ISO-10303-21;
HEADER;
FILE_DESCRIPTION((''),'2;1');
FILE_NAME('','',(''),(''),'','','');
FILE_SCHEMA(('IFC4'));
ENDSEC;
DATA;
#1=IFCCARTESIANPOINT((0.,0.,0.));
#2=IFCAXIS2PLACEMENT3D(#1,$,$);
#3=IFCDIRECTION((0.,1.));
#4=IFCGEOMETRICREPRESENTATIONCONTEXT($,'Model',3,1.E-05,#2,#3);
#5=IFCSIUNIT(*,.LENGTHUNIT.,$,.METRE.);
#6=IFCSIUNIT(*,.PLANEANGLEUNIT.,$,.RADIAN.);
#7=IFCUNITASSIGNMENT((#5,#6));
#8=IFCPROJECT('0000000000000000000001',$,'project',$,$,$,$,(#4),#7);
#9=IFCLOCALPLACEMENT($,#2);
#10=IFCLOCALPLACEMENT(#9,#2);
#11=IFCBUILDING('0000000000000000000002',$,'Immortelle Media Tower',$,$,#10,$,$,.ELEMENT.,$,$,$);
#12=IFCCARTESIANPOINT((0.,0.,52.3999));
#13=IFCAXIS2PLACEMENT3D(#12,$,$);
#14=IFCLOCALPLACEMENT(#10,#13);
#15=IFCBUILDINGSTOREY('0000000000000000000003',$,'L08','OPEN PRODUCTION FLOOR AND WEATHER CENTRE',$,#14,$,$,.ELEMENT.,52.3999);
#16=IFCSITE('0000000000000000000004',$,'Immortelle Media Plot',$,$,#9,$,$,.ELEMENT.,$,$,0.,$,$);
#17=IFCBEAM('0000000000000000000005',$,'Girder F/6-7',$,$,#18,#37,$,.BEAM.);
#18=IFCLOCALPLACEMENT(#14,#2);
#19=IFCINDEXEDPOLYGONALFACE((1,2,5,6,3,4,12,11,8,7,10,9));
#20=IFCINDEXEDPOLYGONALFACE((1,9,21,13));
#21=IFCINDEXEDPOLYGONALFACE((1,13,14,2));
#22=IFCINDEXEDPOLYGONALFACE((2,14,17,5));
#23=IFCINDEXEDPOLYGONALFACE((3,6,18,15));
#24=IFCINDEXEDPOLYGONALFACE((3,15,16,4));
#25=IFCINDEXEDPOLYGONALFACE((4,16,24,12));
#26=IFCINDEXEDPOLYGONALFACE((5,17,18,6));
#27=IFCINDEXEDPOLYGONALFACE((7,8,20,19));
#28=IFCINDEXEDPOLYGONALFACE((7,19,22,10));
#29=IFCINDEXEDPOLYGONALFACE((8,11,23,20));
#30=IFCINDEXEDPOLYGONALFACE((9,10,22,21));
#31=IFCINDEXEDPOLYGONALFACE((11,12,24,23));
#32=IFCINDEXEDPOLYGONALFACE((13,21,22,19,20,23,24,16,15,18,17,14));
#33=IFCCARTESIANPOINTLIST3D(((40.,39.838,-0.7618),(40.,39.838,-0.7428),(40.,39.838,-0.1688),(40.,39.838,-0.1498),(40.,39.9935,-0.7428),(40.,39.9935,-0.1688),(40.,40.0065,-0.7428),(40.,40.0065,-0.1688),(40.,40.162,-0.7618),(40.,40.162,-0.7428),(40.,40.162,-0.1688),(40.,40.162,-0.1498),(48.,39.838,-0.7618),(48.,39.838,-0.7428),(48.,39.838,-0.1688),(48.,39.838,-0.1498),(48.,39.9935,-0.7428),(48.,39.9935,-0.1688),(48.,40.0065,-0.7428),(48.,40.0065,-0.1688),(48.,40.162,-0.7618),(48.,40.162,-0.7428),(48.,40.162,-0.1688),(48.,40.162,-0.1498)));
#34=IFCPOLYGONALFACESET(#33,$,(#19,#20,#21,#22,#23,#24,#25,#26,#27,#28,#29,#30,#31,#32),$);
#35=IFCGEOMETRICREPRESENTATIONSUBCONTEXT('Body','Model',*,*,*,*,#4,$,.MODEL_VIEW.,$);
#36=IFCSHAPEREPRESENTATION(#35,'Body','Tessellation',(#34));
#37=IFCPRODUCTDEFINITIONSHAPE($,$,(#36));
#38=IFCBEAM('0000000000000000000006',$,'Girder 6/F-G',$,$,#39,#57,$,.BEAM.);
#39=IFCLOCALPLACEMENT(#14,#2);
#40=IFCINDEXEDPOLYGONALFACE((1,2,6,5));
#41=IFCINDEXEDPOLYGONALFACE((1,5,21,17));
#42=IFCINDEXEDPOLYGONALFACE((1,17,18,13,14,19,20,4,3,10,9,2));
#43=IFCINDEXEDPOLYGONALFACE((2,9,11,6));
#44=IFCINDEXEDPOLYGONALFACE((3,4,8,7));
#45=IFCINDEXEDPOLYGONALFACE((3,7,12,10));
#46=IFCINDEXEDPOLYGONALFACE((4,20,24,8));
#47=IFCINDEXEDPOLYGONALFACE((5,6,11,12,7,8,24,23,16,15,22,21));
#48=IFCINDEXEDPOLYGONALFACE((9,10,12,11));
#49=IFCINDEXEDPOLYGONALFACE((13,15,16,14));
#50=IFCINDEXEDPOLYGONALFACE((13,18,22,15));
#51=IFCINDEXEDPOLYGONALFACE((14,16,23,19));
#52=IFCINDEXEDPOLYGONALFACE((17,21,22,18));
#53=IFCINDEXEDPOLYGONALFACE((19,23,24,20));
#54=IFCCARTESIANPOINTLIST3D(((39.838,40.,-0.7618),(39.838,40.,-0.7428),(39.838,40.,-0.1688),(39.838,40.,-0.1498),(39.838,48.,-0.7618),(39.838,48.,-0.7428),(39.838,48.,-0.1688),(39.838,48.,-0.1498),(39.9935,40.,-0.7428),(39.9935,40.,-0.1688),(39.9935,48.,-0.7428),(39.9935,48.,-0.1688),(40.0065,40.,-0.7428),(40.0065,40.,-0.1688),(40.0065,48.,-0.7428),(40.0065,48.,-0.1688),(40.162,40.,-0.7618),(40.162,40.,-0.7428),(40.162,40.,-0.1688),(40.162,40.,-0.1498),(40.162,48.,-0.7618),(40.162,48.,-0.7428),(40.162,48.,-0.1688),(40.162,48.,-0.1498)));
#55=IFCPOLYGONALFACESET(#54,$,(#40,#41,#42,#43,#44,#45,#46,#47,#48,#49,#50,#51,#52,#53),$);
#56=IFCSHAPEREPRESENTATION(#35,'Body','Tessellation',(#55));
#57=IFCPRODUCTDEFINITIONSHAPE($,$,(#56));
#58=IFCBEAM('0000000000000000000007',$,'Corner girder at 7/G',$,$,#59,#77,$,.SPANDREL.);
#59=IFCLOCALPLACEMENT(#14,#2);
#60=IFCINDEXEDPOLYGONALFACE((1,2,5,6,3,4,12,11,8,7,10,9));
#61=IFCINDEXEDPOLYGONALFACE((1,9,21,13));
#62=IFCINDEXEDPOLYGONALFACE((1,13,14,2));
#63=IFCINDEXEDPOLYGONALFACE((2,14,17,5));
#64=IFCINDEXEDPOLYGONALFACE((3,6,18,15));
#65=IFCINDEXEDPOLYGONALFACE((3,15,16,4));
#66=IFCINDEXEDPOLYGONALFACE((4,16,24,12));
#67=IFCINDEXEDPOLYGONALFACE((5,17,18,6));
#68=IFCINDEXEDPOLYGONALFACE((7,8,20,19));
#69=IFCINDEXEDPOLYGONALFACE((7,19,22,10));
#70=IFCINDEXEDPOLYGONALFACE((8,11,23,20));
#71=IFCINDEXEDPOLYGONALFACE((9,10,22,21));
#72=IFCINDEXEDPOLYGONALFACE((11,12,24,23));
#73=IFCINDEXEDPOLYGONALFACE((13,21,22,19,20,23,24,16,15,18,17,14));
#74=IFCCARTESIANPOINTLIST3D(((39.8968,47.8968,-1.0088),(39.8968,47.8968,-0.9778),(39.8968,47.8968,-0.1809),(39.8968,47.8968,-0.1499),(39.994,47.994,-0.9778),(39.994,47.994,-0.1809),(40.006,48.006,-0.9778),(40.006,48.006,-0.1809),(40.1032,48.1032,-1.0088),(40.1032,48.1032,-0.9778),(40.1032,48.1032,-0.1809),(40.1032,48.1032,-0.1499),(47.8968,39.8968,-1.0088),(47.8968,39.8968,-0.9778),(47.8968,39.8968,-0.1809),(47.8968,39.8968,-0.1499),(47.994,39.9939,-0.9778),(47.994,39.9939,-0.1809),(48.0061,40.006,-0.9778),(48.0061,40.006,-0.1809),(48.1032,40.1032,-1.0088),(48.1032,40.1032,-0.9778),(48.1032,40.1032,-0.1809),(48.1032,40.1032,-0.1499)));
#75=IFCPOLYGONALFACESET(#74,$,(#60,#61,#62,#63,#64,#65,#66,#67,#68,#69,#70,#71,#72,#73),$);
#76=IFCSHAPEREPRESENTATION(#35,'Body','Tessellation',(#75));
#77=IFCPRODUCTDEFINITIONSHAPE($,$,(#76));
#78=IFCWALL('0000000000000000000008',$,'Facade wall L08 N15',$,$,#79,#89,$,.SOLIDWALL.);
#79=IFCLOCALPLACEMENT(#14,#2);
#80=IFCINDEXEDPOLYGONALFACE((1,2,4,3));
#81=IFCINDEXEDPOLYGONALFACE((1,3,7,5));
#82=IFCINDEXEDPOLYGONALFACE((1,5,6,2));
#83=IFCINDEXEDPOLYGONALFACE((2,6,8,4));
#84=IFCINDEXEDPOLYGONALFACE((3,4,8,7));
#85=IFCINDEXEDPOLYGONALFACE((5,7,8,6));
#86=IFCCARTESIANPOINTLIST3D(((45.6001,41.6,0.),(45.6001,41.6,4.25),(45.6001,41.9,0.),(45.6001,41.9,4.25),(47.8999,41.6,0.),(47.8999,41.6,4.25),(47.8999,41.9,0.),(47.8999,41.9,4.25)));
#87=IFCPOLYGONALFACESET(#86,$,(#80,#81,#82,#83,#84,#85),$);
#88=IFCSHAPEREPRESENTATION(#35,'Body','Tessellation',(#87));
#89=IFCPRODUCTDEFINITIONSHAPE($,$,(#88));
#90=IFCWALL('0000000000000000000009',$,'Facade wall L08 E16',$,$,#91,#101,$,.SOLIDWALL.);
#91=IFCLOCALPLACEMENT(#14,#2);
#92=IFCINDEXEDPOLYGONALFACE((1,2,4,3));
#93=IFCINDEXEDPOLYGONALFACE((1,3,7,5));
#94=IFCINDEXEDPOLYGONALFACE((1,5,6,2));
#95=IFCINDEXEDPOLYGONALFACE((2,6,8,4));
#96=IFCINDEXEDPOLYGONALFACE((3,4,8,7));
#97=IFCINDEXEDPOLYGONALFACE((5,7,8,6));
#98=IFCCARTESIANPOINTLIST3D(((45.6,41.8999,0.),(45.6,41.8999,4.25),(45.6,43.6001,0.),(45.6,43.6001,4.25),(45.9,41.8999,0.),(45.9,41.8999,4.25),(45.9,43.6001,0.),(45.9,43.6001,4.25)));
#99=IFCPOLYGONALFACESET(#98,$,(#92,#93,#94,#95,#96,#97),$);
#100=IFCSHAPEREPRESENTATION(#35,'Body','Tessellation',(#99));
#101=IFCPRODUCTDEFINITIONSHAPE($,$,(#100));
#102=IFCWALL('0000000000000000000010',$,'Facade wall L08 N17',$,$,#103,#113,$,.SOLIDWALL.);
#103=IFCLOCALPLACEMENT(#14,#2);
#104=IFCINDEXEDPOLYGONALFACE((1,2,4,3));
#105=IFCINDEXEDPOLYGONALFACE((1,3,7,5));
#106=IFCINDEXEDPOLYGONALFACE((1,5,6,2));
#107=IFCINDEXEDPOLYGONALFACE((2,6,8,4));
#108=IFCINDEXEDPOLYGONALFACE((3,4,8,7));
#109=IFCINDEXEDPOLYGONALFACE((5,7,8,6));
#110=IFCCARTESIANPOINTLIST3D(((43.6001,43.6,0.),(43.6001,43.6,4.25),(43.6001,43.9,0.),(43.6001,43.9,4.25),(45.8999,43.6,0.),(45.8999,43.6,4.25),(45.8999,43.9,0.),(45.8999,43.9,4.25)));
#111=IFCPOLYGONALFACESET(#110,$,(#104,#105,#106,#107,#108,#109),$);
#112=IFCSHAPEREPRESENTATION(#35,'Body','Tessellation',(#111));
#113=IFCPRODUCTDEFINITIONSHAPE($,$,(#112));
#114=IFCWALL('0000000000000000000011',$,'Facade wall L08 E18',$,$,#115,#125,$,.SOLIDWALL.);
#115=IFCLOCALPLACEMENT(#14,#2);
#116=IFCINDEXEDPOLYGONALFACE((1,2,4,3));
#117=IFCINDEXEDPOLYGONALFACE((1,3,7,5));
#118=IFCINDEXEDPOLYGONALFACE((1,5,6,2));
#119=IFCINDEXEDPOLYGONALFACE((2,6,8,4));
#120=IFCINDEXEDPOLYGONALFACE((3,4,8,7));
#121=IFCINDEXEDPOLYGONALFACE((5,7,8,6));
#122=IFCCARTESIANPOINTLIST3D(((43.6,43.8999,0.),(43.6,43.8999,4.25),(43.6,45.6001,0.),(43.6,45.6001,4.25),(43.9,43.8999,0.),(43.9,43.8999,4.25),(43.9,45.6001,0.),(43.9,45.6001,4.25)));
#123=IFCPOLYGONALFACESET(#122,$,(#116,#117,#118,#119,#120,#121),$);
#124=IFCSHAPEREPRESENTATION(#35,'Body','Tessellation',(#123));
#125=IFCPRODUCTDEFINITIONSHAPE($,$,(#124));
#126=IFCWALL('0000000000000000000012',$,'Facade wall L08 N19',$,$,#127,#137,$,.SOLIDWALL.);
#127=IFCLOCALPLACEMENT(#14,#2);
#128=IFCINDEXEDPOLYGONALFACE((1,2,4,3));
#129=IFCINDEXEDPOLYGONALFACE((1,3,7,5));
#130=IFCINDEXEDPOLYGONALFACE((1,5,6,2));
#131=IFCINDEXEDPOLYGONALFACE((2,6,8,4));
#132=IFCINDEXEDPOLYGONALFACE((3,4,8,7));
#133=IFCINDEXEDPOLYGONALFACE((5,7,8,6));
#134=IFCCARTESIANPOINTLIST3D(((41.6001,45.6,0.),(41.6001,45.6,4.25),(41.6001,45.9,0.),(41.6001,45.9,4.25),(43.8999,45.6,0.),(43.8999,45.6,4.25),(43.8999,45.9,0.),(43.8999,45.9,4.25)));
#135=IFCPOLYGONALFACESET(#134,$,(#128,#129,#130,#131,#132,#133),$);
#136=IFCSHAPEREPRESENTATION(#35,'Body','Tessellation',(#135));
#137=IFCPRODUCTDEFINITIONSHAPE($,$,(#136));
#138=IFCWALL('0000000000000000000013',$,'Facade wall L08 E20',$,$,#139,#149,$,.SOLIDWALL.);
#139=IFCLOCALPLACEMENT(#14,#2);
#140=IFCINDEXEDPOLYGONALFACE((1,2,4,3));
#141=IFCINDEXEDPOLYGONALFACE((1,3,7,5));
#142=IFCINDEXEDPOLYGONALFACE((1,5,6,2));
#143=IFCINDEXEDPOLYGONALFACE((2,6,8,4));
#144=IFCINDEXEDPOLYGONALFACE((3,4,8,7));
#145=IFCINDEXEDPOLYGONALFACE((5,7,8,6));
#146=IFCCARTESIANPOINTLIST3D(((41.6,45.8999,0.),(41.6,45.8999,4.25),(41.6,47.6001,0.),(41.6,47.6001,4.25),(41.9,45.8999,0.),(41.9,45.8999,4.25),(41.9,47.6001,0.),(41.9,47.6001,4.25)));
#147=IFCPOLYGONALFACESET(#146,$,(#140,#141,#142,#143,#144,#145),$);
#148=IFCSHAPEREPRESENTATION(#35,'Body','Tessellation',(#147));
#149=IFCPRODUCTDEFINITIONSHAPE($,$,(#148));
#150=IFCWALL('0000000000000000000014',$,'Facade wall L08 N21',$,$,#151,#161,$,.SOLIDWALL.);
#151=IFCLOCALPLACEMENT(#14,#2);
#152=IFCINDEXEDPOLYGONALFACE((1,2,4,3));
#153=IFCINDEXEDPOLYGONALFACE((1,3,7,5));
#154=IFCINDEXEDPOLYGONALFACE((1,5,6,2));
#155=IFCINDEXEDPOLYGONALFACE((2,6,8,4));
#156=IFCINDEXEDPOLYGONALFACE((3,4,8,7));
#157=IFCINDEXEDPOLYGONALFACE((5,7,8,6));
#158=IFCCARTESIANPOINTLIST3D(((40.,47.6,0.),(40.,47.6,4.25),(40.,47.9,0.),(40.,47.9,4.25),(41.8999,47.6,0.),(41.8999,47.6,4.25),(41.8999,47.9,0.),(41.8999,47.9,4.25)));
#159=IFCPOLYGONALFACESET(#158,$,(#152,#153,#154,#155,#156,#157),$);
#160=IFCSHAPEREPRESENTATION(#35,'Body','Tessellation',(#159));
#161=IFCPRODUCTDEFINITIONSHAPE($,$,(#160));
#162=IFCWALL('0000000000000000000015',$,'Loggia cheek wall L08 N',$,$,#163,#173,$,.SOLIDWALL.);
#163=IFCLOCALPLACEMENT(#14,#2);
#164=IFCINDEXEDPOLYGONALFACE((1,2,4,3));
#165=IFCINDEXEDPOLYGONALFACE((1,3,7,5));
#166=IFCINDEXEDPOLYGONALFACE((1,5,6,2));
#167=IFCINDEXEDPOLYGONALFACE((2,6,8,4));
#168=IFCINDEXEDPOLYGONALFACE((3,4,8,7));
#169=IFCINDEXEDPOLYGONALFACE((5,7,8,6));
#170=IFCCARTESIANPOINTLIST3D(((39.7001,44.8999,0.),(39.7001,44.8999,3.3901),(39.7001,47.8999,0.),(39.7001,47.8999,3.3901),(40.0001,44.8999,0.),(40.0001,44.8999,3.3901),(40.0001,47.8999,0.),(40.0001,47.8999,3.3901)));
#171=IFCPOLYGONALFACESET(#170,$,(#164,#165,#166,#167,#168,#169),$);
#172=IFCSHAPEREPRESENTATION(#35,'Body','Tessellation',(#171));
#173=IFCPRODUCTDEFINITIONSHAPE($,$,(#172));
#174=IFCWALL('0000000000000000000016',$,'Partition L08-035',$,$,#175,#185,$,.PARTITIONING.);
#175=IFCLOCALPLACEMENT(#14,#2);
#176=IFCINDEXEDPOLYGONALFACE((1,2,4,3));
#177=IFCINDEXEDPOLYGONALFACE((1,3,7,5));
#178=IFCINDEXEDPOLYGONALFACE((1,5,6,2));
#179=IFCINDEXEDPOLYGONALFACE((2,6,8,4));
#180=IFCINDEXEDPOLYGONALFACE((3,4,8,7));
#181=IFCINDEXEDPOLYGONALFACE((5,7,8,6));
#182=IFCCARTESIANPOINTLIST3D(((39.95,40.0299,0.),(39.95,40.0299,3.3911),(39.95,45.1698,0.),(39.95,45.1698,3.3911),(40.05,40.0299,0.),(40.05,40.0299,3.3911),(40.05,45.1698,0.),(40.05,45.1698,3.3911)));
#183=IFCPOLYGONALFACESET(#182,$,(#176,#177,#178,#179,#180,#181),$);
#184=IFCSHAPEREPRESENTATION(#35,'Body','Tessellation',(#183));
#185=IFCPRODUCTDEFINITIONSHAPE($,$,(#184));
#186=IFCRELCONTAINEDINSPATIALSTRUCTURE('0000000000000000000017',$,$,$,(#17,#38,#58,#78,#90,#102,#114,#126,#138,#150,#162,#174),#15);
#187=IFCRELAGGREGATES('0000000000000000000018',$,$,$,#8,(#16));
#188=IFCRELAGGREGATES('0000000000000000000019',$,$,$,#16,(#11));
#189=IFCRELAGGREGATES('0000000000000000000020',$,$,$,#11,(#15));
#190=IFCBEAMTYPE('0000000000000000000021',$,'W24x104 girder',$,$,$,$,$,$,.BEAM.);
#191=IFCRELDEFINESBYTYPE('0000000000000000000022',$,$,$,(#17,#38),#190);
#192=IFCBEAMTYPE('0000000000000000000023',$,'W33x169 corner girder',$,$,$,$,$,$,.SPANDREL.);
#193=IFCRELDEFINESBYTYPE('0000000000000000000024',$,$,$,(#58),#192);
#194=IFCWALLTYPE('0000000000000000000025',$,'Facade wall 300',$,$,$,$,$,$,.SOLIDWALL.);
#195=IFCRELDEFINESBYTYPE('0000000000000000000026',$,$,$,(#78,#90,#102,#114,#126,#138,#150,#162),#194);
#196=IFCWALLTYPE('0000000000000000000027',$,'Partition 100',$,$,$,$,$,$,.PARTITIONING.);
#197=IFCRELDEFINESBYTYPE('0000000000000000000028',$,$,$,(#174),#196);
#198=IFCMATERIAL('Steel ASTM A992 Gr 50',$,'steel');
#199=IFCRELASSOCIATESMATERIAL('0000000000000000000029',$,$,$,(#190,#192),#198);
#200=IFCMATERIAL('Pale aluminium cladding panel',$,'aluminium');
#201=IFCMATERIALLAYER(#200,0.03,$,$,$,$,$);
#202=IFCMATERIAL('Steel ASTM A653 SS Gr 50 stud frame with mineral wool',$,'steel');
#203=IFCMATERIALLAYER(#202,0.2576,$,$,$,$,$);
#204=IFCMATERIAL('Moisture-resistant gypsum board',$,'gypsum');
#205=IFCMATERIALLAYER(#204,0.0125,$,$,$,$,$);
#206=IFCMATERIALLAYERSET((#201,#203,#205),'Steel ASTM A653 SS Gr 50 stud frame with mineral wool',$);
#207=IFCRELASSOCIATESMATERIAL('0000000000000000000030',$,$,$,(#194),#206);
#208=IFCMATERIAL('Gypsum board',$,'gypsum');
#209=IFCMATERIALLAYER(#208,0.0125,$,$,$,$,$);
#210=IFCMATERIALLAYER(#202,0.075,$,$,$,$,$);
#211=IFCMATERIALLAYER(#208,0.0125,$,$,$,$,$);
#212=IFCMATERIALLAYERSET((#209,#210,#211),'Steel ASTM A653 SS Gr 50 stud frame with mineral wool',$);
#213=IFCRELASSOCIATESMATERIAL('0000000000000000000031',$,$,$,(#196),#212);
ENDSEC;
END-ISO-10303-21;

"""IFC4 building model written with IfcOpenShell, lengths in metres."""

from ifc_helpers import new_model, si_unit, direction, frame, frame_2d, origin, origin_2d, place, context, subcontext, project, spatial, rectangle, i_section, extrude, material, layer, layer_set, material_profile, profile_set, type_object, element, save


model = new_model("IFC4")

# Units and contexts
model_context = context("Model", 3, precision=1e-05, world=origin(), true_north=direction((0.0, 1.0)))
body_context = subcontext(model_context, "Body", "Model", "MODEL_VIEW")
ifc_project = project(units=[si_unit("LENGTHUNIT", "METRE"), si_unit("PLANEANGLEUNIT", "RADIAN")], contexts=[model_context])

# Site, building, storey
site_placement = place(None, origin())
site = spatial("IfcSite", under=ifc_project, at=site_placement, Name="Immortelle Media Plot", CompositionType="ELEMENT", RefElevation=0.0)
building_placement = place(site_placement, origin())
building = spatial("IfcBuilding", under=site, at=building_placement, Name="Immortelle Media Tower", CompositionType="ELEMENT")
storey_placement = place(building_placement, frame((0.0, 0.0, 52.3999)))
storey = spatial("IfcBuildingStorey", under=building, at=storey_placement, Name="L08", Description="OPEN PRODUCTION FLOOR AND WEATHER CENTRE", CompositionType="ELEMENT", Elevation=52.3999)

# Shared definitions
ifc_material_1 = material(Name="Steel ASTM A992 Gr 50", Category="steel")

# Beams
ifc_material_profile_1 = material_profile(ifc_material_1, i_section(OverallWidth=0.324, OverallDepth=0.6121, WebThickness=0.0129, FlangeThickness=0.019, at=origin_2d()), Name="W24x104")
ifc_profile_set_1 = profile_set([ifc_material_profile_1], Name="Steel ASTM A992 Gr 50")
beam_type_1 = type_object("IfcBeamType", Name="W24x104 girder", PredefinedType="BEAM", material=ifc_profile_set_1)
for number, where, z_axis, x_axis, name in (
    (1, (40.0, 40.0, -0.4558), (1.0, 0.0, 0.0), (0.0, 1.0, 0.0), "Girder F/6-7"),
    (2, (40.0, 40.0, -0.4558), (0.0, 1.0, 0.0), (-1.0, 0.0, 0.0), "Girder 6/F-G"),
):
    element("IfcBeam", number, at=place(storey_placement, frame(where, z_axis=z_axis, x_axis=x_axis)), inside=storey, type_object=beam_type_1, Name=name, PredefinedType="BEAM", context=body_context, shape_type="SweptSolid", body=[
        extrude(i_section(OverallWidth=0.324, OverallDepth=0.6121, WebThickness=0.0129, FlangeThickness=0.019, at=origin_2d()), origin(), (0.0, 0.0, 1.0), 8.0),
    ])
ifc_material_profile_2 = material_profile(ifc_material_1, i_section(OverallWidth=0.292, OverallDepth=0.8589, WebThickness=0.0171, FlangeThickness=0.031, at=origin_2d()), Name="W33x169")
ifc_profile_set_2 = profile_set([ifc_material_profile_2], Name="Steel ASTM A992 Gr 50")
beam_type_2 = type_object("IfcBeamType", Name="W33x169 corner girder", PredefinedType="SPANDREL", material=ifc_profile_set_2)
beam_1_placement = place(storey_placement, frame((40.0, 48.0, -0.5793), z_axis=(0.707107, -0.707107, 0.0), x_axis=(0.707107, 0.707107, 0.0)))
element("IfcBeam", 3, at=beam_1_placement, inside=storey, type_object=beam_type_2, Name="Corner girder at 7/G", PredefinedType="SPANDREL", context=body_context, shape_type="SweptSolid", body=[
    extrude(i_section(OverallWidth=0.292, OverallDepth=0.8589, WebThickness=0.0171, FlangeThickness=0.031, at=origin_2d()), origin(), (0.0, 0.0, 1.0), 11.3137),
])

# Walls
ifc_material_2 = material(Name="Pale aluminium cladding panel", Category="aluminium")
ifc_layer_1 = layer(ifc_material_2, 0.03)
ifc_material_3 = material(Name="Steel ASTM A653 SS Gr 50 stud frame with mineral wool", Category="steel")
ifc_layer_2 = layer(ifc_material_3, 0.2576)
ifc_material_4 = material(Name="Moisture-resistant gypsum board", Category="gypsum")
ifc_layer_3 = layer(ifc_material_4, 0.0125)
ifc_layer_set_1 = layer_set([ifc_layer_1, ifc_layer_2, ifc_layer_3], Name="Steel ASTM A653 SS Gr 50 stud frame with mineral wool")
wall_type_1 = type_object("IfcWallType", Name="Facade wall 300", PredefinedType="SOLIDWALL", material=ifc_layer_set_1)
wall_1_placement = place(storey_placement, frame((47.8999, 41.75, 0.0), z_axis=(0.0, 0.0, 1.0), x_axis=(-1.0, 0.0, 0.0)))
element("IfcWall", 4, at=wall_1_placement, inside=storey, type_object=wall_type_1, Name="Facade wall L08 N15", PredefinedType="SOLIDWALL", context=body_context, shape_type="SweptSolid", body=[
    extrude(rectangle(XDim=2.2998, YDim=0.3, at=frame_2d((1.1499, 0.0))), origin(), (0.0, 0.0, 1.0), 4.25),
])
wall_2_placement = place(storey_placement, frame((45.75, 41.8999, 0.0), z_axis=(0.0, 0.0, 1.0), x_axis=(0.0, 1.0, 0.0)))
element("IfcWall", 5, at=wall_2_placement, inside=storey, type_object=wall_type_1, Name="Facade wall L08 E16", PredefinedType="SOLIDWALL", context=body_context, shape_type="SweptSolid", body=[
    extrude(rectangle(XDim=1.7002, YDim=0.3, at=frame_2d((0.8501, 0.0))), origin(), (0.0, 0.0, 1.0), 4.25),
])
wall_3_placement = place(storey_placement, frame((45.8999, 43.75, 0.0), z_axis=(0.0, 0.0, 1.0), x_axis=(-1.0, 0.0, 0.0)))
element("IfcWall", 6, at=wall_3_placement, inside=storey, type_object=wall_type_1, Name="Facade wall L08 N17", PredefinedType="SOLIDWALL", context=body_context, shape_type="SweptSolid", body=[
    extrude(rectangle(XDim=2.2998, YDim=0.3, at=frame_2d((1.1499, 0.0))), origin(), (0.0, 0.0, 1.0), 4.25),
])
wall_4_placement = place(storey_placement, frame((43.75, 43.8999, 0.0), z_axis=(0.0, 0.0, 1.0), x_axis=(0.0, 1.0, 0.0)))
element("IfcWall", 7, at=wall_4_placement, inside=storey, type_object=wall_type_1, Name="Facade wall L08 E18", PredefinedType="SOLIDWALL", context=body_context, shape_type="SweptSolid", body=[
    extrude(rectangle(XDim=1.7002, YDim=0.3, at=frame_2d((0.8501, 0.0))), origin(), (0.0, 0.0, 1.0), 4.25),
])
wall_5_placement = place(storey_placement, frame((43.8999, 45.75, 0.0), z_axis=(0.0, 0.0, 1.0), x_axis=(-1.0, 0.0, 0.0)))
element("IfcWall", 8, at=wall_5_placement, inside=storey, type_object=wall_type_1, Name="Facade wall L08 N19", PredefinedType="SOLIDWALL", context=body_context, shape_type="SweptSolid", body=[
    extrude(rectangle(XDim=2.2998, YDim=0.3, at=frame_2d((1.1499, 0.0))), origin(), (0.0, 0.0, 1.0), 4.25),
])
wall_6_placement = place(storey_placement, frame((41.75, 45.8999, 0.0), z_axis=(0.0, 0.0, 1.0), x_axis=(0.0, 1.0, 0.0)))
element("IfcWall", 9, at=wall_6_placement, inside=storey, type_object=wall_type_1, Name="Facade wall L08 E20", PredefinedType="SOLIDWALL", context=body_context, shape_type="SweptSolid", body=[
    extrude(rectangle(XDim=1.7002, YDim=0.3, at=frame_2d((0.8501, 0.0))), origin(), (0.0, 0.0, 1.0), 4.25),
])
wall_7_placement = place(storey_placement, frame((41.8999, 47.75, 0.0), z_axis=(0.0, 0.0, 1.0), x_axis=(-1.0, 0.0, 0.0)))
element("IfcWall", 10, at=wall_7_placement, inside=storey, type_object=wall_type_1, Name="Facade wall L08 N21", PredefinedType="SOLIDWALL", context=body_context, shape_type="SweptSolid", body=[
    extrude(rectangle(XDim=1.8999, YDim=0.3, at=frame_2d((0.95, 0.0))), origin(), (0.0, 0.0, 1.0), 4.25),
])

# Walls
wall_8_placement = place(storey_placement, frame((39.8501, 47.8999, 0.0), z_axis=(0.0, 0.0, 1.0), x_axis=(0.0, -1.0, 0.0)))
element("IfcWall", 11, at=wall_8_placement, inside=storey, type_object=wall_type_1, Name="Loggia cheek wall L08 N", PredefinedType="SOLIDWALL", context=body_context, shape_type="SweptSolid", body=[
    extrude(rectangle(XDim=3.0, YDim=0.3, at=frame_2d((1.5, 0.0))), origin(), (0.0, 0.0, 1.0), 3.3901),
])
ifc_material_5 = material(Name="Gypsum board", Category="gypsum")
ifc_layer_4 = layer(ifc_material_5, 0.0125)
ifc_layer_5 = layer(ifc_material_3, 0.075)
ifc_layer_6 = layer(ifc_material_5, 0.0125)
ifc_layer_set_2 = layer_set([ifc_layer_4, ifc_layer_5, ifc_layer_6], Name="Steel ASTM A653 SS Gr 50 stud frame with mineral wool")
wall_type_2 = type_object("IfcWallType", Name="Partition 100", PredefinedType="PARTITIONING", material=ifc_layer_set_2)
wall_9_placement = place(storey_placement, frame((40.0, 40.03, 0.0), z_axis=(0.0, 0.0, 1.0), x_axis=(0.0, 1.0, 0.0)))
element("IfcWall", 12, at=wall_9_placement, inside=storey, type_object=wall_type_2, Name="Partition L08-035", PredefinedType="PARTITIONING", context=body_context, shape_type="SweptSolid", body=[
    extrude(rectangle(XDim=5.1399, YDim=0.1001, at=frame_2d((2.5698, 0.0))), origin(), (0.0, 0.0, 1.0), 3.3911),
])

save(model, "model.ifc")
